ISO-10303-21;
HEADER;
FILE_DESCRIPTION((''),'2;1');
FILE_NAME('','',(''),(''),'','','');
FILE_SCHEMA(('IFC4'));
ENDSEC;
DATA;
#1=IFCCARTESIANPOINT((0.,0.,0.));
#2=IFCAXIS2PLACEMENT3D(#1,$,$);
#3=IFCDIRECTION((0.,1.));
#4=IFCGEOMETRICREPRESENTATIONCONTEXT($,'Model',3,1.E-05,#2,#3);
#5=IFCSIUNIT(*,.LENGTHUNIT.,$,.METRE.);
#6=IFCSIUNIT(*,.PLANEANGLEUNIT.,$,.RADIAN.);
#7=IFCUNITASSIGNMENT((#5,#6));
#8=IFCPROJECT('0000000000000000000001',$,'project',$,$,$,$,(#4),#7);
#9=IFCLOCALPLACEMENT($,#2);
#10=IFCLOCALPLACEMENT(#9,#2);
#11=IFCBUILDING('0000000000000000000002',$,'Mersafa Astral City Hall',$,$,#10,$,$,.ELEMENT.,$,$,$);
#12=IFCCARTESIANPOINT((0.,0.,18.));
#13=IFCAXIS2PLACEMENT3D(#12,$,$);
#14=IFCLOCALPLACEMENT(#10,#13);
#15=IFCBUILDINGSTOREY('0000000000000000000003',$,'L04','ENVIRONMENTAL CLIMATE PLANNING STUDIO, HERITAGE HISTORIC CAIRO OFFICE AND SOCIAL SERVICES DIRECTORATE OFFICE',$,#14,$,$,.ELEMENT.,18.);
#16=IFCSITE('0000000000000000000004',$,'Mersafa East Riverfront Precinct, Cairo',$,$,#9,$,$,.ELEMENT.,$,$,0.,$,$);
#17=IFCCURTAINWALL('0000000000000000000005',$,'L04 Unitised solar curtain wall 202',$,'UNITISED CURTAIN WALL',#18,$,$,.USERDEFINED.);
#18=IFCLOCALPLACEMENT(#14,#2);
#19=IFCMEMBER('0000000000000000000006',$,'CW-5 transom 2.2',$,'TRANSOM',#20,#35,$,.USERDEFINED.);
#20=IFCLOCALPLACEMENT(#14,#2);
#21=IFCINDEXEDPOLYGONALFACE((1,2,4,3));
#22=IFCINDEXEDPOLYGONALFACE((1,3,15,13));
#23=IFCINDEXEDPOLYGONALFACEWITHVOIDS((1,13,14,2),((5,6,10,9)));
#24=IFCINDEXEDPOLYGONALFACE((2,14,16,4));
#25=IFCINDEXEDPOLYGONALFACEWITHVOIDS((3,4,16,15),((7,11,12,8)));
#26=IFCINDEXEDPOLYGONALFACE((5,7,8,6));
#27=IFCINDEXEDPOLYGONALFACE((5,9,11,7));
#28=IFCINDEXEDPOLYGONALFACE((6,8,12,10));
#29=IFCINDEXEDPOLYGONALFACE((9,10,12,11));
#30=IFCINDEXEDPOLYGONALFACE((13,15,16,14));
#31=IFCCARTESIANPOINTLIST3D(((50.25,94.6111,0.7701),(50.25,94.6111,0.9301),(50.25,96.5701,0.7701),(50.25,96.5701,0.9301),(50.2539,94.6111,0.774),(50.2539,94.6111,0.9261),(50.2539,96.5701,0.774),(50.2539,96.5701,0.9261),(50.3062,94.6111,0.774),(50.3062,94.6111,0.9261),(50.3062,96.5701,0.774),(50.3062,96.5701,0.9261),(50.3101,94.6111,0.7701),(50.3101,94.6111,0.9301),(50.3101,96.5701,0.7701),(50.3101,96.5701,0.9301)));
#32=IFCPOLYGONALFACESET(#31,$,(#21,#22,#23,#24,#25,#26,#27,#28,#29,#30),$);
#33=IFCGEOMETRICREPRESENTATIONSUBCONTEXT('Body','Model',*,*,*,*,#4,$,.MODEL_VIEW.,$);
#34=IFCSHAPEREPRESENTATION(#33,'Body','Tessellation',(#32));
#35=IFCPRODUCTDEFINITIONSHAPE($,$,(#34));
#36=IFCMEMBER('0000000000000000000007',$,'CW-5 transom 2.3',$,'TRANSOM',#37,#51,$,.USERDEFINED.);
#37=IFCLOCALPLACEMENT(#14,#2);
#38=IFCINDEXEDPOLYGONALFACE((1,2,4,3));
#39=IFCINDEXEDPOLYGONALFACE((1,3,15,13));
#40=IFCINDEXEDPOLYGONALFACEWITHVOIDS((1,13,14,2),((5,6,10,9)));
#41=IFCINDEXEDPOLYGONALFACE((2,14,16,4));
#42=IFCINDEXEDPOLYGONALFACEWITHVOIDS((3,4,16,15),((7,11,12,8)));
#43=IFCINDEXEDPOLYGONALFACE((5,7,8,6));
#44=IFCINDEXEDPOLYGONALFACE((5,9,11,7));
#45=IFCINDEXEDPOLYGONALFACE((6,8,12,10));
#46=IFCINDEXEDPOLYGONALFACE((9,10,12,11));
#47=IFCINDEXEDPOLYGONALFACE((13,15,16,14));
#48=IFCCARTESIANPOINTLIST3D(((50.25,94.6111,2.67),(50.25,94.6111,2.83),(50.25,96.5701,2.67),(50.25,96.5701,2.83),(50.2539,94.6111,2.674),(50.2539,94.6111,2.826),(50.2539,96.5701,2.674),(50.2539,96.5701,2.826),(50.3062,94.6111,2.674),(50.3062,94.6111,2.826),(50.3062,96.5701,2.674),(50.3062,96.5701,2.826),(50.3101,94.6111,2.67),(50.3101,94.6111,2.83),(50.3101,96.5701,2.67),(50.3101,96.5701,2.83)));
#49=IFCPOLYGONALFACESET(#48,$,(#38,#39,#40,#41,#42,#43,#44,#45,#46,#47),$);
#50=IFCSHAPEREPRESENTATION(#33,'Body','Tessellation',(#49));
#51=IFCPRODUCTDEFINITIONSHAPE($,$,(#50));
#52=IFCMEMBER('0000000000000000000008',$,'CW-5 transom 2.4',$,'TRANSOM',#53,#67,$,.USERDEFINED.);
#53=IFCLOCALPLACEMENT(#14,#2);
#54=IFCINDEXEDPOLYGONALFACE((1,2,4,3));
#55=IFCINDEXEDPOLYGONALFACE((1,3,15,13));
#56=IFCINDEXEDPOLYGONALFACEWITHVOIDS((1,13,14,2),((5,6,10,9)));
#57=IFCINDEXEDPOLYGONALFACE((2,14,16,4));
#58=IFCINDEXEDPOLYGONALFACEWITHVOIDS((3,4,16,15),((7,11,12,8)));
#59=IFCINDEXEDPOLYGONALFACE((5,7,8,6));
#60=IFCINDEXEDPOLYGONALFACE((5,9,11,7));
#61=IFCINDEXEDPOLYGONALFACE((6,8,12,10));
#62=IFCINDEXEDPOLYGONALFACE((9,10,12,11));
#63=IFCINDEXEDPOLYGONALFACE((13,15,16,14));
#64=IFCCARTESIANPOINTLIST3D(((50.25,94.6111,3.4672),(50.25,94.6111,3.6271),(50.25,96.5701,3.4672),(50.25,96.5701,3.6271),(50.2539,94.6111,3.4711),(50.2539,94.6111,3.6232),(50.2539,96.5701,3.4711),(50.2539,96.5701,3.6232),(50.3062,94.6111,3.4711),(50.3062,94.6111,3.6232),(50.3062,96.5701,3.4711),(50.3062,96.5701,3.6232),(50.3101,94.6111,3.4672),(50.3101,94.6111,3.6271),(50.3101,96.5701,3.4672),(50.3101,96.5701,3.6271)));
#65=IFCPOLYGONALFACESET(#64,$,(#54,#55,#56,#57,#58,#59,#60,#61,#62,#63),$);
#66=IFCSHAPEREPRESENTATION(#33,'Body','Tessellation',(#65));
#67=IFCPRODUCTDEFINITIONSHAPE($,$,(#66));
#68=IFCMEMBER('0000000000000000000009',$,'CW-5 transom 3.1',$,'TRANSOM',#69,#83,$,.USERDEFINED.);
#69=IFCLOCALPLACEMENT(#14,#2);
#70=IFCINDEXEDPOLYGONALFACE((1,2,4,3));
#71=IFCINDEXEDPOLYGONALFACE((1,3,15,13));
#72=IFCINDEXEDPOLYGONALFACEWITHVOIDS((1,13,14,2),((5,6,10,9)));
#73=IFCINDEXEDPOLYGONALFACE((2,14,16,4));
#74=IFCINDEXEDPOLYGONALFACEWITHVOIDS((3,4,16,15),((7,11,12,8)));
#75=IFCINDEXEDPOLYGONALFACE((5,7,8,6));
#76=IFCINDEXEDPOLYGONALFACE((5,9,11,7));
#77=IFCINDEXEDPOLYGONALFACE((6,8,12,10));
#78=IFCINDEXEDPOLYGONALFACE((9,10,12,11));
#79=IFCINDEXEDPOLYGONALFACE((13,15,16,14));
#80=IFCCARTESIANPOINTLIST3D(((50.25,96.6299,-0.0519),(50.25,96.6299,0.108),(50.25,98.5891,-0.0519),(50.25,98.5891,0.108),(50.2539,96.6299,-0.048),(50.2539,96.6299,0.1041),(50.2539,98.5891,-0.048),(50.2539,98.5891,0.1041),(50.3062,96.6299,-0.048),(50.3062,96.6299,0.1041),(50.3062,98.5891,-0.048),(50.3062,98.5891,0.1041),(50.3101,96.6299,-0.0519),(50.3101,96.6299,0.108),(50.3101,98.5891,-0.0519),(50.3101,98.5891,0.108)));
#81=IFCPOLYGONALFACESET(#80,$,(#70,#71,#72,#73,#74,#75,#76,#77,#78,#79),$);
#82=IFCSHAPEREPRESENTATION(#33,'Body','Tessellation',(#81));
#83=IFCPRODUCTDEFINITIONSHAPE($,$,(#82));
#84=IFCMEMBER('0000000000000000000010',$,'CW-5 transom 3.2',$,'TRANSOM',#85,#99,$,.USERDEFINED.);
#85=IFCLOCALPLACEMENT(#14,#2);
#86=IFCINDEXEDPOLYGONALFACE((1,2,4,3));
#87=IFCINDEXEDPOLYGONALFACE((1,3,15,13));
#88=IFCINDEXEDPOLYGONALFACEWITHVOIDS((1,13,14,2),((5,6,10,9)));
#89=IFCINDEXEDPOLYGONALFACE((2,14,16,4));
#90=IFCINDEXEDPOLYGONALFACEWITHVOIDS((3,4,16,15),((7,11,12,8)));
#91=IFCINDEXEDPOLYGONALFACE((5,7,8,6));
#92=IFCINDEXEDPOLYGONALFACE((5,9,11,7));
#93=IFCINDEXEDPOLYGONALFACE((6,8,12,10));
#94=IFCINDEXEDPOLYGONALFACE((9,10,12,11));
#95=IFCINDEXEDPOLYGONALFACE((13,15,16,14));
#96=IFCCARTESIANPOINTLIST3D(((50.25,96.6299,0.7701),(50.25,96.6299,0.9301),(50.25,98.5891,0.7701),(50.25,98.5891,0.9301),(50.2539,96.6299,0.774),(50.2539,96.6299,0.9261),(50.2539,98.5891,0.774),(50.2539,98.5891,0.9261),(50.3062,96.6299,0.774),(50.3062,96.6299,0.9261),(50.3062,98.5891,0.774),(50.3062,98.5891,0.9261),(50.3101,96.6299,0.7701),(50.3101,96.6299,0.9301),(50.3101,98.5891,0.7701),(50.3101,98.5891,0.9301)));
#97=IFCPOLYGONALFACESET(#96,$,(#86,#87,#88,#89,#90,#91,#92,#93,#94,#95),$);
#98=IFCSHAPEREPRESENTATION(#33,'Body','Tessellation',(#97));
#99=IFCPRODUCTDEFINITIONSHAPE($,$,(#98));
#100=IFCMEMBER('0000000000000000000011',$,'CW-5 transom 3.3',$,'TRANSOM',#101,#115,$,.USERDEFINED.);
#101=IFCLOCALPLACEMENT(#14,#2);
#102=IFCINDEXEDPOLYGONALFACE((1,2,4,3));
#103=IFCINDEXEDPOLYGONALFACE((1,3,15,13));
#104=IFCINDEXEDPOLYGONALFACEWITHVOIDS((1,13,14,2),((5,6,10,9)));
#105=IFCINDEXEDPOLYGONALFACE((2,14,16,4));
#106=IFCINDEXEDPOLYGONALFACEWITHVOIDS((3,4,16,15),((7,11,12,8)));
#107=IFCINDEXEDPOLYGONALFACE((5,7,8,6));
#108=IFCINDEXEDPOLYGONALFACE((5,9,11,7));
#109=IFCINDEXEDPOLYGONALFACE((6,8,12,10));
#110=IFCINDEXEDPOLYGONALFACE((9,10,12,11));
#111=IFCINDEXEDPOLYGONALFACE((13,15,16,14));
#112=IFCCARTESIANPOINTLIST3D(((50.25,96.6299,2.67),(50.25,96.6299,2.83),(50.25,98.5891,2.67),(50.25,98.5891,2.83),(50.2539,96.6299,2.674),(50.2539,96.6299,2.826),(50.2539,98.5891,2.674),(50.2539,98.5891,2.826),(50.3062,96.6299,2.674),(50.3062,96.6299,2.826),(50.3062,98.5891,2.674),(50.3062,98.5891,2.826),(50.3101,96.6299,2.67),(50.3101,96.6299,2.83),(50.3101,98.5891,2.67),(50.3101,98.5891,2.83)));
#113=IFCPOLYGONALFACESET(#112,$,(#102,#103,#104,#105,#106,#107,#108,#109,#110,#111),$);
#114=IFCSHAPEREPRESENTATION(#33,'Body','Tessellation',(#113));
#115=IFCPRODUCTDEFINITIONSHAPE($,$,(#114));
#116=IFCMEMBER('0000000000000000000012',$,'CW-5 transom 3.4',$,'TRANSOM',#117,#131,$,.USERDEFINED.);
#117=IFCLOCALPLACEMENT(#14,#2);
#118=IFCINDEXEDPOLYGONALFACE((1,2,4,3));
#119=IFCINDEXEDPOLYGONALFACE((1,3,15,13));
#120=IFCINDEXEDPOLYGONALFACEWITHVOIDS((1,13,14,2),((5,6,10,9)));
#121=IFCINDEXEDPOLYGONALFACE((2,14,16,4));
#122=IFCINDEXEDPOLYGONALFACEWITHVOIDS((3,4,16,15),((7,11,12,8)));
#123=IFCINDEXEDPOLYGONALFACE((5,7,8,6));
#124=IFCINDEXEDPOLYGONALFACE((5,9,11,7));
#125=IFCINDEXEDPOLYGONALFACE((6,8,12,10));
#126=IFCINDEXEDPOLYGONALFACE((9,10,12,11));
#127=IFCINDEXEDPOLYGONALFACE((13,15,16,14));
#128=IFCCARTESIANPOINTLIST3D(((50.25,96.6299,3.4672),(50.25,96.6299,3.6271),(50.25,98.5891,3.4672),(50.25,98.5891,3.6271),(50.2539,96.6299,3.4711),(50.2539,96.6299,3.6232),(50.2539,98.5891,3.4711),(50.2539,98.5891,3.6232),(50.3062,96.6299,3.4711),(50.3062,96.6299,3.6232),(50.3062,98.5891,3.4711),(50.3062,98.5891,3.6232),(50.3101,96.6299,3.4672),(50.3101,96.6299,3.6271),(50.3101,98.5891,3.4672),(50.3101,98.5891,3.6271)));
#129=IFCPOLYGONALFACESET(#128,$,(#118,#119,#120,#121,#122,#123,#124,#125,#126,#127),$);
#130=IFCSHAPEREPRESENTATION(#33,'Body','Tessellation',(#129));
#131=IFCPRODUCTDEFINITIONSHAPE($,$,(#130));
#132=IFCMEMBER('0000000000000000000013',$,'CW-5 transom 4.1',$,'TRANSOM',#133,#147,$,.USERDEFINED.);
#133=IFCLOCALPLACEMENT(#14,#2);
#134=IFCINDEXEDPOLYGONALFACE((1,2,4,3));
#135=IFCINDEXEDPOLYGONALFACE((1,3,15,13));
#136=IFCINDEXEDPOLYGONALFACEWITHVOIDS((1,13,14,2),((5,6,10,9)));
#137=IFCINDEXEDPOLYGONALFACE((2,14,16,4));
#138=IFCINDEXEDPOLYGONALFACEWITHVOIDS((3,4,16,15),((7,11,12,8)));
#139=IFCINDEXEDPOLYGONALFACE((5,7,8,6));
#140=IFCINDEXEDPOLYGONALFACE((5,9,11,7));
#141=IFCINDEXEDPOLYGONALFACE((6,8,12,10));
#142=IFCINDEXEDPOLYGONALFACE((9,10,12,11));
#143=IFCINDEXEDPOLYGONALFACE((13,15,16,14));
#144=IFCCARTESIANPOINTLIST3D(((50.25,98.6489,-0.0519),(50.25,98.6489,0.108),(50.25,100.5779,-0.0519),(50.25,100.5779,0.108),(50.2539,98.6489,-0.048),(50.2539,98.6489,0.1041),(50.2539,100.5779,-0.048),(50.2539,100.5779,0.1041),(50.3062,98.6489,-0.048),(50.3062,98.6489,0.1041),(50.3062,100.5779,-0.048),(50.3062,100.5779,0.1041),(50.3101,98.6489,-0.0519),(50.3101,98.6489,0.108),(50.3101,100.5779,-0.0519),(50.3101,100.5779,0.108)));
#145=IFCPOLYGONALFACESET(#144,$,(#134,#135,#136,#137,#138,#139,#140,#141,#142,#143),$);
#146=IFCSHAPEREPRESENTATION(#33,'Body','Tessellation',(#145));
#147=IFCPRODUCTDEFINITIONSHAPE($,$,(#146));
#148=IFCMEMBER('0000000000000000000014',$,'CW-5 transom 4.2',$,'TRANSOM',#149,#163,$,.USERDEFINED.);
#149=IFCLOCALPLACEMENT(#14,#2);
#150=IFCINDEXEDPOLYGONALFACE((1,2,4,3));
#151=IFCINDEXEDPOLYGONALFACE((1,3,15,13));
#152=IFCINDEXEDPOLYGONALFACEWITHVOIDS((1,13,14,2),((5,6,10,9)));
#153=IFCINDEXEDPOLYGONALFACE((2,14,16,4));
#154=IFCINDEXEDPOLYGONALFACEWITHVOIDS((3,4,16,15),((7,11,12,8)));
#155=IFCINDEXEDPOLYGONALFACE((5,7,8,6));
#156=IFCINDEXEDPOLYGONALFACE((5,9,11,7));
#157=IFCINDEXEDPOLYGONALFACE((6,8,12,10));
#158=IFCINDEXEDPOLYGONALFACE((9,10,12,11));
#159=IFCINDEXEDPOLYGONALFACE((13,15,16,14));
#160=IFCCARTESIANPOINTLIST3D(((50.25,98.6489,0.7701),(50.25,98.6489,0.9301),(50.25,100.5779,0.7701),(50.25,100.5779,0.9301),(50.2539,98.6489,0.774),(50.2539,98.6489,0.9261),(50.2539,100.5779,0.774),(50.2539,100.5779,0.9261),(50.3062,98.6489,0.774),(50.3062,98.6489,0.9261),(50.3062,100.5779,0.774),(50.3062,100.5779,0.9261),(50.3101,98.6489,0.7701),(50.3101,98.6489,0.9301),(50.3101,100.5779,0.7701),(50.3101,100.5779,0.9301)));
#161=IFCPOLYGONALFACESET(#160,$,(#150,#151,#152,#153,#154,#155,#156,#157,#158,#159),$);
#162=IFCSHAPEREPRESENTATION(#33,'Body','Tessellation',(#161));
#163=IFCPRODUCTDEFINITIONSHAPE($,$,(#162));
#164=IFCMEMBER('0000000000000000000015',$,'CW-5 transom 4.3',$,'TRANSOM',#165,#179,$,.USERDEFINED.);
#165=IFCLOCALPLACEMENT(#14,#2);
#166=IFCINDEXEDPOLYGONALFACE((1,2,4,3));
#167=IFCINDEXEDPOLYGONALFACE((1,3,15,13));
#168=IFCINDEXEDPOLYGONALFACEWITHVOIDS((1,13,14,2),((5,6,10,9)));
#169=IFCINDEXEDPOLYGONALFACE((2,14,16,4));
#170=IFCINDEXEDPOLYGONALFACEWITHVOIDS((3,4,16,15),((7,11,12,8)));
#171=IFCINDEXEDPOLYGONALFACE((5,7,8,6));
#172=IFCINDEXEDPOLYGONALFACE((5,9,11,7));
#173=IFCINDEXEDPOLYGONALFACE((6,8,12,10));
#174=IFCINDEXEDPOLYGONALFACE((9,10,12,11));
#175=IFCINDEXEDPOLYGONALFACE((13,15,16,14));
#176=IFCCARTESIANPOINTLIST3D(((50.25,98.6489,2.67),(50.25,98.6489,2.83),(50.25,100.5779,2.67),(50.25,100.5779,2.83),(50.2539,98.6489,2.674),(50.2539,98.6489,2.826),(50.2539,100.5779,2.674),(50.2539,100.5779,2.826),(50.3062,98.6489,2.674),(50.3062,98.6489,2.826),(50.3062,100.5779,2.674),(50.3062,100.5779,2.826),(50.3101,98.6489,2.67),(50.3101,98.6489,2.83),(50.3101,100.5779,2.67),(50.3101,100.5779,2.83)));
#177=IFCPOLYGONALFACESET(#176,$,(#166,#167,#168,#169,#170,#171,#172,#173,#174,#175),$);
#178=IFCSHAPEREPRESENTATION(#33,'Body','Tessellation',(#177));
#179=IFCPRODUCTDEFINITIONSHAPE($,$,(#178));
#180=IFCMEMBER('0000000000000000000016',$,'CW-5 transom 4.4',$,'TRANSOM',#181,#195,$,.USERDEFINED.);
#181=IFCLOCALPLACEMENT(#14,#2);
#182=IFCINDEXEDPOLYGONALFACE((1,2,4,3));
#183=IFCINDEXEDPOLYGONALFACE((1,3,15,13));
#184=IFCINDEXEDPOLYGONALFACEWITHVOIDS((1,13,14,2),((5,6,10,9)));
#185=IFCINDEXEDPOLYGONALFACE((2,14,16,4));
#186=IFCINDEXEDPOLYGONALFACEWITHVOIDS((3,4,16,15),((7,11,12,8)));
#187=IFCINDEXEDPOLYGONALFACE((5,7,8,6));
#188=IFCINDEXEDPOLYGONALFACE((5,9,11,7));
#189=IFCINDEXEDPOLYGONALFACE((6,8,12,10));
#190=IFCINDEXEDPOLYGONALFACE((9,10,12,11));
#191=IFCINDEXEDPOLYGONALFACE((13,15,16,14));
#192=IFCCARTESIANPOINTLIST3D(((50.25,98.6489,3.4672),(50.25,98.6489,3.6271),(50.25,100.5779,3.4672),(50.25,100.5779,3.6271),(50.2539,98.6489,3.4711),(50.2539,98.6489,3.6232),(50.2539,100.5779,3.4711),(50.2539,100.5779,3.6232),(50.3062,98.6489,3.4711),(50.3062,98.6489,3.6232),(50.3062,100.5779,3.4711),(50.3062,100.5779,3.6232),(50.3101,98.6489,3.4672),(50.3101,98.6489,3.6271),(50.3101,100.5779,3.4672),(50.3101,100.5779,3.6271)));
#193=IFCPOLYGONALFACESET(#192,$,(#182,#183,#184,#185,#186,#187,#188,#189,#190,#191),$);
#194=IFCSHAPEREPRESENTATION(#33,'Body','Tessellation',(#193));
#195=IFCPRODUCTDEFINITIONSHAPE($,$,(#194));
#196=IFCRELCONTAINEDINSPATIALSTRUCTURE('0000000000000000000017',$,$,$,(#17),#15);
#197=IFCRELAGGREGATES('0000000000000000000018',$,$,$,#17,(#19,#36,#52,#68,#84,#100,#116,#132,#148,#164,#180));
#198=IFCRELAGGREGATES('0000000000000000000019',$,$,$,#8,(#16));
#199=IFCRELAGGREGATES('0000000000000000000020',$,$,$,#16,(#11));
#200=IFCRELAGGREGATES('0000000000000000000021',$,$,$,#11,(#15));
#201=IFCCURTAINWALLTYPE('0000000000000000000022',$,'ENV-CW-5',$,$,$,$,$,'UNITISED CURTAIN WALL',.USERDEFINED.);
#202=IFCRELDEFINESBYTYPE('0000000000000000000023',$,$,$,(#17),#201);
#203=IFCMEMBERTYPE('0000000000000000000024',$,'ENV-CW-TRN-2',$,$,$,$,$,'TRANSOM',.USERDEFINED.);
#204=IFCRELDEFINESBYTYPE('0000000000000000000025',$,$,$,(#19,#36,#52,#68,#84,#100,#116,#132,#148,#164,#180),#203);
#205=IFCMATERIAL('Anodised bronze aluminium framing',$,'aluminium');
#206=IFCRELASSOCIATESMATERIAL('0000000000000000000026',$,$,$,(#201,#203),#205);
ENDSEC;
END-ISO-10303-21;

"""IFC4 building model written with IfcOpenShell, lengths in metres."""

from ifc_helpers import new_model, si_unit, direction, frame, origin, origin_2d, place, context, subcontext, project, spatial, hollow_rectangle, extrude, material, material_profile, profile_set, type_object, element, aggregate, save


model = new_model("IFC4")

# Units and contexts
model_context = context("Model", 3, precision=1e-05, world=origin(), true_north=direction((0.0, 1.0)))
body_context = subcontext(model_context, "Body", "Model", "MODEL_VIEW")
ifc_project = project(units=[si_unit("LENGTHUNIT", "METRE"), si_unit("PLANEANGLEUNIT", "RADIAN")], contexts=[model_context])

# Site, building, storey
site_placement = place(None, origin())
site = spatial("IfcSite", under=ifc_project, at=site_placement, Name="Mersafa East Riverfront Precinct, Cairo", CompositionType="ELEMENT", RefElevation=0.0)
building_placement = place(site_placement, origin())
building = spatial("IfcBuilding", under=site, at=building_placement, Name="Mersafa Astral City Hall", CompositionType="ELEMENT")
storey_placement = place(building_placement, frame((0.0, 0.0, 18.0)))
storey = spatial("IfcBuildingStorey", under=building, at=storey_placement, Name="L04", Description="ENVIRONMENTAL CLIMATE PLANNING STUDIO, HERITAGE HISTORIC CAIRO OFFICE AND SOCIAL SERVICES DIRECTORATE OFFICE", CompositionType="ELEMENT", Elevation=18.0)

# Curtain wall, members
ifc_material_1 = material(Name="Anodised bronze aluminium framing", Category="aluminium")
curtain_wall_type = type_object("IfcCurtainWallType", Name="ENV-CW-5", ElementType="UNITISED CURTAIN WALL", PredefinedType="USERDEFINED", material=ifc_material_1)
curtain_wall_placement = place(storey_placement, origin())
curtain_wall = element("IfcCurtainWall", 1, at=curtain_wall_placement, inside=storey, type_object=curtain_wall_type, Name="L04 Unitised solar curtain wall 202", ObjectType="UNITISED CURTAIN WALL", PredefinedType="USERDEFINED")
ifc_material_profile_1 = material_profile(ifc_material_1, hollow_rectangle(XDim=0.0601, YDim=0.1599, WallThickness=0.0039, at=origin_2d()), Name="RHS 60x160x4")
ifc_profile_set_1 = profile_set([ifc_material_profile_1], Name="Anodised bronze aluminium framing")
member_type_1 = type_object("IfcMemberType", Name="ENV-CW-TRN-2", ElementType="TRANSOM", PredefinedType="USERDEFINED", material=ifc_profile_set_1)
member_1_placement = place(storey_placement, frame((50.28, 94.6111, 0.8501), z_axis=(0.0, 1.0, 0.0), x_axis=(-1.0, 0.0, 0.0)))
member_1 = element("IfcMember", 2, at=member_1_placement, type_object=member_type_1, Name="CW-5 transom 2.2", ObjectType="TRANSOM", PredefinedType="USERDEFINED", context=body_context, shape_type="SweptSolid", body=[
    extrude(hollow_rectangle(XDim=0.0601, YDim=0.1599, WallThickness=0.0039, at=origin_2d()), origin(), (0.0, 0.0, 1.0), 1.959),
])
member_2_placement = place(storey_placement, frame((50.28, 94.6111, 2.75), z_axis=(0.0, 1.0, 0.0), x_axis=(-1.0, 0.0, 0.0)))
member_2 = element("IfcMember", 3, at=member_2_placement, type_object=member_type_1, Name="CW-5 transom 2.3", ObjectType="TRANSOM", PredefinedType="USERDEFINED", context=body_context, shape_type="SweptSolid", body=[
    extrude(hollow_rectangle(XDim=0.0601, YDim=0.1599, WallThickness=0.0039, at=origin_2d()), origin(), (0.0, 0.0, 1.0), 1.959),
])
member_3_placement = place(storey_placement, frame((50.28, 94.6111, 3.5471), z_axis=(0.0, 1.0, 0.0), x_axis=(-1.0, 0.0, 0.0)))
member_3 = element("IfcMember", 4, at=member_3_placement, type_object=member_type_1, Name="CW-5 transom 2.4", ObjectType="TRANSOM", PredefinedType="USERDEFINED", context=body_context, shape_type="SweptSolid", body=[
    extrude(hollow_rectangle(XDim=0.0601, YDim=0.1599, WallThickness=0.0039, at=origin_2d()), origin(), (0.0, 0.0, 1.0), 1.959),
])
member_4_placement = place(storey_placement, frame((50.28, 96.6299, 0.0281), z_axis=(0.0, 1.0, 0.0), x_axis=(-1.0, 0.0, 0.0)))
member_4 = element("IfcMember", 5, at=member_4_placement, type_object=member_type_1, Name="CW-5 transom 3.1", ObjectType="TRANSOM", PredefinedType="USERDEFINED", context=body_context, shape_type="SweptSolid", body=[
    extrude(hollow_rectangle(XDim=0.0601, YDim=0.1599, WallThickness=0.0039, at=origin_2d()), origin(), (0.0, 0.0, 1.0), 1.9592),
])
member_5_placement = place(storey_placement, frame((50.28, 96.6299, 0.8501), z_axis=(0.0, 1.0, 0.0), x_axis=(-1.0, 0.0, 0.0)))
member_5 = element("IfcMember", 6, at=member_5_placement, type_object=member_type_1, Name="CW-5 transom 3.2", ObjectType="TRANSOM", PredefinedType="USERDEFINED", context=body_context, shape_type="SweptSolid", body=[
    extrude(hollow_rectangle(XDim=0.0601, YDim=0.1599, WallThickness=0.0039, at=origin_2d()), origin(), (0.0, 0.0, 1.0), 1.9592),
])
member_6_placement = place(storey_placement, frame((50.28, 96.6299, 2.75), z_axis=(0.0, 1.0, 0.0), x_axis=(-1.0, 0.0, 0.0)))
member_6 = element("IfcMember", 7, at=member_6_placement, type_object=member_type_1, Name="CW-5 transom 3.3", ObjectType="TRANSOM", PredefinedType="USERDEFINED", context=body_context, shape_type="SweptSolid", body=[
    extrude(hollow_rectangle(XDim=0.0601, YDim=0.1599, WallThickness=0.0039, at=origin_2d()), origin(), (0.0, 0.0, 1.0), 1.9592),
])
member_7_placement = place(storey_placement, frame((50.28, 96.6299, 3.5471), z_axis=(0.0, 1.0, 0.0), x_axis=(-1.0, 0.0, 0.0)))
member_7 = element("IfcMember", 8, at=member_7_placement, type_object=member_type_1, Name="CW-5 transom 3.4", ObjectType="TRANSOM", PredefinedType="USERDEFINED", context=body_context, shape_type="SweptSolid", body=[
    extrude(hollow_rectangle(XDim=0.0601, YDim=0.1599, WallThickness=0.0039, at=origin_2d()), origin(), (0.0, 0.0, 1.0), 1.9592),
])
member_8_placement = place(storey_placement, frame((50.28, 98.6489, 0.0281), z_axis=(0.0, 1.0, 0.0), x_axis=(-1.0, 0.0, 0.0)))
member_8 = element("IfcMember", 9, at=member_8_placement, type_object=member_type_1, Name="CW-5 transom 4.1", ObjectType="TRANSOM", PredefinedType="USERDEFINED", context=body_context, shape_type="SweptSolid", body=[
    extrude(hollow_rectangle(XDim=0.0601, YDim=0.1599, WallThickness=0.0039, at=origin_2d()), origin(), (0.0, 0.0, 1.0), 1.929),
])
member_9_placement = place(storey_placement, frame((50.28, 98.6489, 0.8501), z_axis=(0.0, 1.0, 0.0), x_axis=(-1.0, 0.0, 0.0)))
member_9 = element("IfcMember", 10, at=member_9_placement, type_object=member_type_1, Name="CW-5 transom 4.2", ObjectType="TRANSOM", PredefinedType="USERDEFINED", context=body_context, shape_type="SweptSolid", body=[
    extrude(hollow_rectangle(XDim=0.0601, YDim=0.1599, WallThickness=0.0039, at=origin_2d()), origin(), (0.0, 0.0, 1.0), 1.929),
])
member_10_placement = place(storey_placement, frame((50.28, 98.6489, 2.75), z_axis=(0.0, 1.0, 0.0), x_axis=(-1.0, 0.0, 0.0)))
member_10 = element("IfcMember", 11, at=member_10_placement, type_object=member_type_1, Name="CW-5 transom 4.3", ObjectType="TRANSOM", PredefinedType="USERDEFINED", context=body_context, shape_type="SweptSolid", body=[
    extrude(hollow_rectangle(XDim=0.0601, YDim=0.1599, WallThickness=0.0039, at=origin_2d()), origin(), (0.0, 0.0, 1.0), 1.929),
])
member_11_placement = place(storey_placement, frame((50.28, 98.6489, 3.5471), z_axis=(0.0, 1.0, 0.0), x_axis=(-1.0, 0.0, 0.0)))
member_11 = element("IfcMember", 12, at=member_11_placement, type_object=member_type_1, Name="CW-5 transom 4.4", ObjectType="TRANSOM", PredefinedType="USERDEFINED", context=body_context, shape_type="SweptSolid", body=[
    extrude(hollow_rectangle(XDim=0.0601, YDim=0.1599, WallThickness=0.0039, at=origin_2d()), origin(), (0.0, 0.0, 1.0), 1.929),
])

aggregate(curtain_wall, [member_1, member_2, member_3, member_4, member_5, member_6, member_7, member_8, member_9, member_10, member_11])

save(model, "model.ifc")
